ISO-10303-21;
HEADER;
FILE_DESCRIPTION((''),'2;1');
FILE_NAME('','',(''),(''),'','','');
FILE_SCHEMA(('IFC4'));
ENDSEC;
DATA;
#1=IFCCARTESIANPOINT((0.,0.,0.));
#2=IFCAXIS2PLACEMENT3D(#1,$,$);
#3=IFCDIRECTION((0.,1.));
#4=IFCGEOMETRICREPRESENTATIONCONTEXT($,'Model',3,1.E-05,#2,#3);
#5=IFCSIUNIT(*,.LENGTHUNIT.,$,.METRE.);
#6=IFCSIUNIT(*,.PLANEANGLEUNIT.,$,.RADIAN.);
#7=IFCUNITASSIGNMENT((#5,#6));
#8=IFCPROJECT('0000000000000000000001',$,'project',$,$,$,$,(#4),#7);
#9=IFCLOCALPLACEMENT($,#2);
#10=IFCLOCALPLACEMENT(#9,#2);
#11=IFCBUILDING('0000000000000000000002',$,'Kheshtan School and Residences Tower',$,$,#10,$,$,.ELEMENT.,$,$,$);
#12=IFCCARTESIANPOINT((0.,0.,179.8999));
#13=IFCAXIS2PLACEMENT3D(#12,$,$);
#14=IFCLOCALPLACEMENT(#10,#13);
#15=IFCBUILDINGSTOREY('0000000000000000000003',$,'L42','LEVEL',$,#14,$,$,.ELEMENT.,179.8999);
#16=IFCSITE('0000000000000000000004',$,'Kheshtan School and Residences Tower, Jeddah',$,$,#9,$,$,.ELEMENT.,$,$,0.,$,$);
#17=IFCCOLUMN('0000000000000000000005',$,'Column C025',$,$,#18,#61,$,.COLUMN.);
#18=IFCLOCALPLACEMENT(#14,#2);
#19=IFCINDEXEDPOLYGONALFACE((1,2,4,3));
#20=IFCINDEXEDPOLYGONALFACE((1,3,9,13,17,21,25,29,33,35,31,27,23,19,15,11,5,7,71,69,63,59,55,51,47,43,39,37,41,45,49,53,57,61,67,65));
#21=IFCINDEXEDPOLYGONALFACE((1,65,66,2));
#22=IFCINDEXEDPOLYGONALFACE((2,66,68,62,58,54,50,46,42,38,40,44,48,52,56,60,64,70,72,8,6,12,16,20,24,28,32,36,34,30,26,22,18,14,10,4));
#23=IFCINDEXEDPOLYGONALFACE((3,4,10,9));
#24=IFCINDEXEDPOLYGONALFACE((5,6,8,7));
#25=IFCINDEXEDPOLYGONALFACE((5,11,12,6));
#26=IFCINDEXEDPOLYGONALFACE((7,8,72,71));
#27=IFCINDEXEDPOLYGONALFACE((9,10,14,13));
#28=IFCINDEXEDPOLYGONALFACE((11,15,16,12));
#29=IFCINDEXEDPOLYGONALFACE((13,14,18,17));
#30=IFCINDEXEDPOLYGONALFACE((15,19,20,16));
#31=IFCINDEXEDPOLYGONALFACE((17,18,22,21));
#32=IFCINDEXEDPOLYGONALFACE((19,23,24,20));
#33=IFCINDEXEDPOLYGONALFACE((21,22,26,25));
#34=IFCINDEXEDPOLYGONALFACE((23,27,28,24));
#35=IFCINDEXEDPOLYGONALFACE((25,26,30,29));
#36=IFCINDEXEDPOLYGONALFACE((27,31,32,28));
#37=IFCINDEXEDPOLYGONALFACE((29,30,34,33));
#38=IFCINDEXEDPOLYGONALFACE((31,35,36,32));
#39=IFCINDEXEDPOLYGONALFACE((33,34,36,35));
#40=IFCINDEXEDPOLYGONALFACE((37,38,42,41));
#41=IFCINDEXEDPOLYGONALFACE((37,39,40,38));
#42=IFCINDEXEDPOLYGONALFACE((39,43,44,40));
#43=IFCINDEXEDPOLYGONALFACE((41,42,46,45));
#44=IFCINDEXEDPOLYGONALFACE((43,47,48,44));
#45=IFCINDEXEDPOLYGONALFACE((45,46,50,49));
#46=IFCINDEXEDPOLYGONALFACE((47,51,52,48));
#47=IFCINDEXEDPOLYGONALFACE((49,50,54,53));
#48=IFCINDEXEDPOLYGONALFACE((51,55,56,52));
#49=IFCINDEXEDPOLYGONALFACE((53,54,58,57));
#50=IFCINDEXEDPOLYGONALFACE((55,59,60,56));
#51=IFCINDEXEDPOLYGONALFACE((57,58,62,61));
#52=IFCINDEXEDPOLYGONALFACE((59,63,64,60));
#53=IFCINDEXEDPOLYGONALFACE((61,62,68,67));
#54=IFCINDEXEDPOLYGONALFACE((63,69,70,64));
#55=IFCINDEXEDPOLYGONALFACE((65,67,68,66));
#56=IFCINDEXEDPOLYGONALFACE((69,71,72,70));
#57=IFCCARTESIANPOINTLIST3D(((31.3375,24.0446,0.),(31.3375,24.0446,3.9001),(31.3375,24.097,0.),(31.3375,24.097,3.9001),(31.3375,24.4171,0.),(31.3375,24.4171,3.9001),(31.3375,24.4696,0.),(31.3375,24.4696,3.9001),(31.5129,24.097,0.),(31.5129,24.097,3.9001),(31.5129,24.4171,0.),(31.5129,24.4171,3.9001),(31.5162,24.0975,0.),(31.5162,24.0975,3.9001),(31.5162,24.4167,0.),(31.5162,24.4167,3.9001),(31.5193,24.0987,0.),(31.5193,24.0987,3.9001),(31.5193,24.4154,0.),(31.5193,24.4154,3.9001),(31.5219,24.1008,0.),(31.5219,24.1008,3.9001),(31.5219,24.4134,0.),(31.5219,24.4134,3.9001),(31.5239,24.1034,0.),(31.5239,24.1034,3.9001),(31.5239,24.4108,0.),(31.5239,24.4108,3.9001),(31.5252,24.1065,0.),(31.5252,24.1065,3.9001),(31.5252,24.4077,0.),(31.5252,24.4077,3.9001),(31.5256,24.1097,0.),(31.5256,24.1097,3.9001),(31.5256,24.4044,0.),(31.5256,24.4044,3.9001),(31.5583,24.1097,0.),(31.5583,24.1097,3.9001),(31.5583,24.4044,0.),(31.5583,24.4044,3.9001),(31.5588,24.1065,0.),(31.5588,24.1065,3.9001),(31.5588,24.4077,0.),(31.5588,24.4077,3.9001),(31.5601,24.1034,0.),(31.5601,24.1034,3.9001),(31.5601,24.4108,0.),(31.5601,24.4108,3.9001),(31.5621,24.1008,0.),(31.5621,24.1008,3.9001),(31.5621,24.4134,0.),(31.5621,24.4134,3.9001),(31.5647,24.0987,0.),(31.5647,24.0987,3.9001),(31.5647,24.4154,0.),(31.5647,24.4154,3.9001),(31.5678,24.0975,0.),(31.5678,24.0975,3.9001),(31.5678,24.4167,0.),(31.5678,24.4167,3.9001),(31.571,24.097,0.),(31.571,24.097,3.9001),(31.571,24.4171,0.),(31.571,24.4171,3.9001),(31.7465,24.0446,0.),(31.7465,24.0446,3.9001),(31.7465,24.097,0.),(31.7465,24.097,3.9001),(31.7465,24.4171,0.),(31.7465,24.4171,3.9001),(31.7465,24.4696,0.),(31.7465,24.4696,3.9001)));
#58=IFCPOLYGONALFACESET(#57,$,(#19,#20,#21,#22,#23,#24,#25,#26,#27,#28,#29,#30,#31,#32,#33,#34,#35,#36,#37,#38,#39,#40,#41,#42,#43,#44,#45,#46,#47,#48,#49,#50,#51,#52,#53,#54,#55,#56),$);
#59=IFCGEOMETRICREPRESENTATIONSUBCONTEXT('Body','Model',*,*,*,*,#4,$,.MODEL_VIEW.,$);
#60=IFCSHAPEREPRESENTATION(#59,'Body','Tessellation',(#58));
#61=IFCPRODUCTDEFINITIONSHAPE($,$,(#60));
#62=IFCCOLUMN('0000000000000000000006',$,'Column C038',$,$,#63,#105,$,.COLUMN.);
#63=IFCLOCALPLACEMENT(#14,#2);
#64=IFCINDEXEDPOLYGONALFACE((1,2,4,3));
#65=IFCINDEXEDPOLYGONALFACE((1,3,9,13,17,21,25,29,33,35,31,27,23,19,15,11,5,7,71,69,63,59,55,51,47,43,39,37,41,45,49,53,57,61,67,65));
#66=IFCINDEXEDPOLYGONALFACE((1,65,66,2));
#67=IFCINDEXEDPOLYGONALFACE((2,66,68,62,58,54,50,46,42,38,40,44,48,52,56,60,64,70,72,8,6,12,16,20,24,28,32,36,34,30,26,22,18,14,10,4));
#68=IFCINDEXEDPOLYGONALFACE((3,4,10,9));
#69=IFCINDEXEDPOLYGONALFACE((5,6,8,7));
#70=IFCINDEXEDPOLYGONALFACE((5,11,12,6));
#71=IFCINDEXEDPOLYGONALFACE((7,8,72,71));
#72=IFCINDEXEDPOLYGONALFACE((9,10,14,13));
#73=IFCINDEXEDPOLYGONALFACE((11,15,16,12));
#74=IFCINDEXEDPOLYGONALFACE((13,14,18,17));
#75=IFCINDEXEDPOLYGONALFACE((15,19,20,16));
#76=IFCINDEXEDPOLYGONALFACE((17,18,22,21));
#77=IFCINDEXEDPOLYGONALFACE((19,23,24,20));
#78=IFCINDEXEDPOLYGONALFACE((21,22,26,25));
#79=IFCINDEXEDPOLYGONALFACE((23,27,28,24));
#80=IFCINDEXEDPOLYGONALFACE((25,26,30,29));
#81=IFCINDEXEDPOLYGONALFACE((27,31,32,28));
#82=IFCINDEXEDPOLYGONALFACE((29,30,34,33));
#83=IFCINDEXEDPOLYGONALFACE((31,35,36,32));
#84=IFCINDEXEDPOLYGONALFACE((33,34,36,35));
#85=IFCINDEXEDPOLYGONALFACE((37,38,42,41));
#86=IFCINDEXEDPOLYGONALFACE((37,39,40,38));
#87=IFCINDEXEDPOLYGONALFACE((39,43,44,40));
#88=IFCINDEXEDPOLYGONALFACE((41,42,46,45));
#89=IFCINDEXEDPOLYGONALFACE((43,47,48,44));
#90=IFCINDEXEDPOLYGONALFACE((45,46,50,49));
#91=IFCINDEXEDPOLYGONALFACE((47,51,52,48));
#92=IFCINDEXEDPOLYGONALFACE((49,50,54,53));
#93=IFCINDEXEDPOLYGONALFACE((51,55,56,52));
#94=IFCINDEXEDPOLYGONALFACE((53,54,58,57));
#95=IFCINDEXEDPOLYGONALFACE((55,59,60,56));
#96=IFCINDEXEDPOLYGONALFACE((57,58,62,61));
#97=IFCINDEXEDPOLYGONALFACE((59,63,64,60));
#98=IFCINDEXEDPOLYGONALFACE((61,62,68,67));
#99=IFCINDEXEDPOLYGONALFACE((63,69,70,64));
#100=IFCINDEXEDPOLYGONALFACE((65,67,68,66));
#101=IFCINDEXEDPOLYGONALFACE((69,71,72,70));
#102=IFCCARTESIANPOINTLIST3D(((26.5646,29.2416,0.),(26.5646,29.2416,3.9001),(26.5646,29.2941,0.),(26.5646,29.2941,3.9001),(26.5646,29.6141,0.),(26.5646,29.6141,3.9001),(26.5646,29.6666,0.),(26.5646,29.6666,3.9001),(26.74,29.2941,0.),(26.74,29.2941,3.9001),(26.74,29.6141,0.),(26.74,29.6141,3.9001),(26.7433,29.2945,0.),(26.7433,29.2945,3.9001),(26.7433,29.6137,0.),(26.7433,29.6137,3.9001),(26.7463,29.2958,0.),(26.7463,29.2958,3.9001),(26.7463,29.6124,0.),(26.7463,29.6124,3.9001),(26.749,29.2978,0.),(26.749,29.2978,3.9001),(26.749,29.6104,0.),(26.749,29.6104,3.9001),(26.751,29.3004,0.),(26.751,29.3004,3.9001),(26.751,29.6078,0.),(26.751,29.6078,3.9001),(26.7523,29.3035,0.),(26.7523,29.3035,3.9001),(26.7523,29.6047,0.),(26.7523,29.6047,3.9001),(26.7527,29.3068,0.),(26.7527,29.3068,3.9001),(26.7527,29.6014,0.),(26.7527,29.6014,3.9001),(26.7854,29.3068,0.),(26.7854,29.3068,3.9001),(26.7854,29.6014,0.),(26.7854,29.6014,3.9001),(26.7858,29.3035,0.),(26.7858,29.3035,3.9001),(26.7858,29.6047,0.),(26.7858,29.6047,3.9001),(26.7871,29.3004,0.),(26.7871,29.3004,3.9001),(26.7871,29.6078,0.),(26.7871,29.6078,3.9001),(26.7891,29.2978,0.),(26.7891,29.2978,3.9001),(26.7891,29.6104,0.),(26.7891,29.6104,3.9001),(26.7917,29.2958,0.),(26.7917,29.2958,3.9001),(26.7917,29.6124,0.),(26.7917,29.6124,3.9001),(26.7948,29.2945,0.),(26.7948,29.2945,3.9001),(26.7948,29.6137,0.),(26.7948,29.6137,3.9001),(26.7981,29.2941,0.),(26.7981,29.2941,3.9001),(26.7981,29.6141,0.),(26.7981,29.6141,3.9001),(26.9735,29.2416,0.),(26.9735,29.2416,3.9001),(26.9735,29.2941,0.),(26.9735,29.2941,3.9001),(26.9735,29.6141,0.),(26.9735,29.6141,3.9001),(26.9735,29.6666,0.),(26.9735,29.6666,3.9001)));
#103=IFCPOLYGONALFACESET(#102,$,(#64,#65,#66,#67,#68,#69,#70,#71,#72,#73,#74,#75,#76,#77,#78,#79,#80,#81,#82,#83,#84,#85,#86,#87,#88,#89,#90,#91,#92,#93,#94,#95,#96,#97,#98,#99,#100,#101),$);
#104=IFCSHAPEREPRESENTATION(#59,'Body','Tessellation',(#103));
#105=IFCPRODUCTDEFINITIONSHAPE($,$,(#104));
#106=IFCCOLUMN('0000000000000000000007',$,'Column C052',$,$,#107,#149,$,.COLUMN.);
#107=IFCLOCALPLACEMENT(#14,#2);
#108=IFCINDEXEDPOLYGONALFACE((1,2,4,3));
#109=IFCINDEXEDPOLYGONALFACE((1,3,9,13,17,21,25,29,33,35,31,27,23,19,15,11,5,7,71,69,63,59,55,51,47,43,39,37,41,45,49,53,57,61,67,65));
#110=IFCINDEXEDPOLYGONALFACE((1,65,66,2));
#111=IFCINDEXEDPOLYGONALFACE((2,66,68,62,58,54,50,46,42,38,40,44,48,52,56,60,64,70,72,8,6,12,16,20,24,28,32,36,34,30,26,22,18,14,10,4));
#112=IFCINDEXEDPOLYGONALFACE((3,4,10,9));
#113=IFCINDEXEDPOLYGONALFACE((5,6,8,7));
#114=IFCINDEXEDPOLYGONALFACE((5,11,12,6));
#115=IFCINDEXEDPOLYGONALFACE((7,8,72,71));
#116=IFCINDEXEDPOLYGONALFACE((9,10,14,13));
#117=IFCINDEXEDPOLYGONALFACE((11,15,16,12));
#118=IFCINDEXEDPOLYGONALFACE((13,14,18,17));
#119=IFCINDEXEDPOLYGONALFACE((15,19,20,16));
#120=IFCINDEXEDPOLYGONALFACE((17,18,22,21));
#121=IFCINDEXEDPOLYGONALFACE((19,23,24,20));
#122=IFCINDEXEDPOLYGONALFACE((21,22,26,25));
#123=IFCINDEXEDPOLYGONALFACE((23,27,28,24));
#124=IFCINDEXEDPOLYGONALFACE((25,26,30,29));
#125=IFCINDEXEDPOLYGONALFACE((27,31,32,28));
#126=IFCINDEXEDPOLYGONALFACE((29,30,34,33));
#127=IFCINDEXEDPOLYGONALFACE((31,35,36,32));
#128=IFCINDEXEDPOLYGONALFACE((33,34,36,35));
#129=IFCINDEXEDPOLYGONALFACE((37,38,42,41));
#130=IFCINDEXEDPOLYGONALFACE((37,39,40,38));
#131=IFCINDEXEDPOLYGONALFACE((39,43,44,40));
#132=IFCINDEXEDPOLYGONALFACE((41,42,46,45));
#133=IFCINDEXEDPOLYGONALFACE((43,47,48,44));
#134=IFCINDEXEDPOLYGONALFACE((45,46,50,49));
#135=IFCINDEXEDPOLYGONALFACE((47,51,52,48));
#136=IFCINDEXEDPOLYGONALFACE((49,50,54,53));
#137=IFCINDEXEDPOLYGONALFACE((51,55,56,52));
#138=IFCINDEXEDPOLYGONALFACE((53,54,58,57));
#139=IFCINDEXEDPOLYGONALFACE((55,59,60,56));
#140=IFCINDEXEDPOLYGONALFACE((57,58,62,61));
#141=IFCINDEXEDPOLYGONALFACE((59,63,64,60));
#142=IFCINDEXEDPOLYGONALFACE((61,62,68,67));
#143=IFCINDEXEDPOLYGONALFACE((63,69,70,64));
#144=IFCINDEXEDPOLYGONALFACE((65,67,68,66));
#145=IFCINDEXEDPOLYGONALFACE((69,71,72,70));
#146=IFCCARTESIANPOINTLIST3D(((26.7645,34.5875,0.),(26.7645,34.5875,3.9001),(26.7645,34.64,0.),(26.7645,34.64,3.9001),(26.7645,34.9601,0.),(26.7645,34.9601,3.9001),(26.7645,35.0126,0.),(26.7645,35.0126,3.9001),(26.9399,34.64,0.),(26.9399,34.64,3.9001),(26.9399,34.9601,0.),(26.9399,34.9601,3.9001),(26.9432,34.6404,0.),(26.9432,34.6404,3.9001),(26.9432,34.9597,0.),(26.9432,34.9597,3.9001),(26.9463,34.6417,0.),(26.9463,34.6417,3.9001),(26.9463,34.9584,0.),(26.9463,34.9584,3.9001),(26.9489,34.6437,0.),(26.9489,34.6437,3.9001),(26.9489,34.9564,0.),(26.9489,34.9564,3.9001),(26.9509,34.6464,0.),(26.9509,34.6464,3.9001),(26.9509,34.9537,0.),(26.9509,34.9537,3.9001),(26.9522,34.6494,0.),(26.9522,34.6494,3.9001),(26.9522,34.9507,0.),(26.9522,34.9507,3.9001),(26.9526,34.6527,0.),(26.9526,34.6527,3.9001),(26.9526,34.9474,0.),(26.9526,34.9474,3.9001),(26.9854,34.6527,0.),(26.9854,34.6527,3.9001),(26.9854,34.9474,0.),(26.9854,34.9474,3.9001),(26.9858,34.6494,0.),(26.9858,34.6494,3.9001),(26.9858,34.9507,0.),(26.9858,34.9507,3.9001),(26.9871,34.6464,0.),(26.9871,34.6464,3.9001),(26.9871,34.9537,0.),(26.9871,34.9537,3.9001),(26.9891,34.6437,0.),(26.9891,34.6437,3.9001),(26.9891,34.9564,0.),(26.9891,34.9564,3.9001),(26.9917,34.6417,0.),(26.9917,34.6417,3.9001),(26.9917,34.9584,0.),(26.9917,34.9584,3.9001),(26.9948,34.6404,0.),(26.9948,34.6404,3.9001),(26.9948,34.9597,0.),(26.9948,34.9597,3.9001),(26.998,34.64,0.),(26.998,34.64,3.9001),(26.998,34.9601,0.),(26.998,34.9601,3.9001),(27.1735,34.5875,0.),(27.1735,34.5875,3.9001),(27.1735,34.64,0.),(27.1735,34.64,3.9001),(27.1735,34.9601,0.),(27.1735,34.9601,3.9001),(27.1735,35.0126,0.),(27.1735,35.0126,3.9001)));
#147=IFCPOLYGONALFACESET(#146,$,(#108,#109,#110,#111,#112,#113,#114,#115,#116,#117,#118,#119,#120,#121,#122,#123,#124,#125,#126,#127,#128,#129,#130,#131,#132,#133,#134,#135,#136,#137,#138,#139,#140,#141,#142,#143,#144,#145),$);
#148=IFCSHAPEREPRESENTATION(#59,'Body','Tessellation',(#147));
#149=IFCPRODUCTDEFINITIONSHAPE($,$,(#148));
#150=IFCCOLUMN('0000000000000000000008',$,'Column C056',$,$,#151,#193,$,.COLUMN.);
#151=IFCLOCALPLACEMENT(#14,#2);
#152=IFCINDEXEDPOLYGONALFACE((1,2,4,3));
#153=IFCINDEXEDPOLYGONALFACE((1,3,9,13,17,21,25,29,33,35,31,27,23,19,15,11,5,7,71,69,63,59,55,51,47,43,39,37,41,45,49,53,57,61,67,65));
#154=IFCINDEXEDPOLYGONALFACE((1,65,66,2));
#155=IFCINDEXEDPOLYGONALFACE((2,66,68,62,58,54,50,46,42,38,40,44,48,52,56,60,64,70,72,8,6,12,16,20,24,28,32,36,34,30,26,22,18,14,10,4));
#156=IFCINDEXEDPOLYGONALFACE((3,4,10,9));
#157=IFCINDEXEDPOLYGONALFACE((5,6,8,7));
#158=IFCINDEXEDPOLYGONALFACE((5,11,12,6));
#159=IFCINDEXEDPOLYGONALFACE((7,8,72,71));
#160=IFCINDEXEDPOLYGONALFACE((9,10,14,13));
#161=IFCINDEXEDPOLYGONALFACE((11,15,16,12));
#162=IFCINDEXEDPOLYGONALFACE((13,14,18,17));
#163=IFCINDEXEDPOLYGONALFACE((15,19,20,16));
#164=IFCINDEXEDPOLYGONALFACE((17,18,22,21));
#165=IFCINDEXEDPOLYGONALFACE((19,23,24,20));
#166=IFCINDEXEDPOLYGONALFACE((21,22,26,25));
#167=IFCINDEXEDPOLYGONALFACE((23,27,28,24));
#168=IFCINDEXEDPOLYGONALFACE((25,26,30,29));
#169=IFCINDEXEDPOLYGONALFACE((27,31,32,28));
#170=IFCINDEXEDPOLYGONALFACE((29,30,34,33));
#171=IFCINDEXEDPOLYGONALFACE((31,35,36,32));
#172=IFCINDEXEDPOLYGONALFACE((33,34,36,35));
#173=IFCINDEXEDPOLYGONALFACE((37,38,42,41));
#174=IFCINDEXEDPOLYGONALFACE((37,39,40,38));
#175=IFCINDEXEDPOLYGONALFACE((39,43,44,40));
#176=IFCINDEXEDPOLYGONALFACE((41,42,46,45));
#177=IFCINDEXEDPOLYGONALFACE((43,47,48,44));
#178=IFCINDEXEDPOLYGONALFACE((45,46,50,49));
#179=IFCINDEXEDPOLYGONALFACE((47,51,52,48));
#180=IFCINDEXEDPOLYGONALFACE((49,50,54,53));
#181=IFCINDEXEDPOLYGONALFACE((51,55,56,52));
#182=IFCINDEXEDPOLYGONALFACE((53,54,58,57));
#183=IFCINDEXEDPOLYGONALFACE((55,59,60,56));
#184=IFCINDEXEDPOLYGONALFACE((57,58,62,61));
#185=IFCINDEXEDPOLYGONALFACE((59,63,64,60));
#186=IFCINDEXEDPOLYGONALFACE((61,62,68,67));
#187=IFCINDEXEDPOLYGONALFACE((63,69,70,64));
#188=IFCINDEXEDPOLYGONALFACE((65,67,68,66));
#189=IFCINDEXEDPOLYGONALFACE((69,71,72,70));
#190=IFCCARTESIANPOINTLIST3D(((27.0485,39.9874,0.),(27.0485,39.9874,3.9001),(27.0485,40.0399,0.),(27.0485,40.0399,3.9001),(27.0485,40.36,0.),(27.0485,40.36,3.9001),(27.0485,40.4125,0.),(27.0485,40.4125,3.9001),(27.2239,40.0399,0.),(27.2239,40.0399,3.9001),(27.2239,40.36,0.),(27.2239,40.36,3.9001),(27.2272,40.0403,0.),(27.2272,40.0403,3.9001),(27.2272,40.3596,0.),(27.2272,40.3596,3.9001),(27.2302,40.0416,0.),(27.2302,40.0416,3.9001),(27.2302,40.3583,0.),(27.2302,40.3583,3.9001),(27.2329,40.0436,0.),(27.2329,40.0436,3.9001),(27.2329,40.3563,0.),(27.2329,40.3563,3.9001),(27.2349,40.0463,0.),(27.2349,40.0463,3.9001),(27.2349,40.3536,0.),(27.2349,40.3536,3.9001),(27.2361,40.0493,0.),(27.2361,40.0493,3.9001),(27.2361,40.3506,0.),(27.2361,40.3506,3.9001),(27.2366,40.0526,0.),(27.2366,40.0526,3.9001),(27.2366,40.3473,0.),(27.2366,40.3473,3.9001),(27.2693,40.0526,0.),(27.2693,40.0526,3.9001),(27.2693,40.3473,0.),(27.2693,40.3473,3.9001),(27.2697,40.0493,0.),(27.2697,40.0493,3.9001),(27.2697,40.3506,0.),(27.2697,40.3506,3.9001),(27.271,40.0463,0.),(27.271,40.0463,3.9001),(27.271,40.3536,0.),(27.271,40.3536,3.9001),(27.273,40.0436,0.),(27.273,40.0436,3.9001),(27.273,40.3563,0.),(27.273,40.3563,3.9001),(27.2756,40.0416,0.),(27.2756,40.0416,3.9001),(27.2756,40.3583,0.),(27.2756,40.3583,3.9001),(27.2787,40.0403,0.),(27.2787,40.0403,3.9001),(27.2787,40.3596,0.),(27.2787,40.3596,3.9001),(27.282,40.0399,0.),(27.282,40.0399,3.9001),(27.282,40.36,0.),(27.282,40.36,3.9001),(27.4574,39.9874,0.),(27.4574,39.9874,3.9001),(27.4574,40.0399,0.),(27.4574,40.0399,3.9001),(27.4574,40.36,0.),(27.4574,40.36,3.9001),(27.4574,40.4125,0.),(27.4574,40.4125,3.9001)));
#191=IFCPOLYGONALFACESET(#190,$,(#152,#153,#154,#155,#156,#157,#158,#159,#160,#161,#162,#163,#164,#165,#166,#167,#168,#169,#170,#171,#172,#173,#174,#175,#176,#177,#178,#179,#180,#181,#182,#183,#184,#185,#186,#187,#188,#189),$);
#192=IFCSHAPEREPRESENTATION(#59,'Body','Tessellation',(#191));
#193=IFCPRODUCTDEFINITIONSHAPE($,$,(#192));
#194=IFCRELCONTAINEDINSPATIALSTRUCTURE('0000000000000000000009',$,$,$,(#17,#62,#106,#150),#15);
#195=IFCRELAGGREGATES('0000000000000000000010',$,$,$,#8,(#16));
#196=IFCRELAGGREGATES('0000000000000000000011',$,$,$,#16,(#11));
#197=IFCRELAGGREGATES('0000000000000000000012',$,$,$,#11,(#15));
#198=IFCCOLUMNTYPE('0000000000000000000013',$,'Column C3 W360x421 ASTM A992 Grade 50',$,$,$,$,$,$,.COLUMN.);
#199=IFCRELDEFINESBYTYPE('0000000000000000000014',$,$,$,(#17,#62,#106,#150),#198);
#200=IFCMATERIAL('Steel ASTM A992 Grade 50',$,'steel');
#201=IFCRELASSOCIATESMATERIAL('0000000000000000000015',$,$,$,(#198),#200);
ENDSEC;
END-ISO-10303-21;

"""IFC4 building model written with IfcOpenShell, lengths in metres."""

from ifc_helpers import new_model, si_unit, direction, frame, origin, origin_2d, place, context, subcontext, project, spatial, i_section, extrude, material, material_profile, profile_set, type_object, element, save


model = new_model("IFC4")

# Units and contexts
model_context = context("Model", 3, precision=1e-05, world=origin(), true_north=direction((0.0, 1.0)))
body_context = subcontext(model_context, "Body", "Model", "MODEL_VIEW")
ifc_project = project(units=[si_unit("LENGTHUNIT", "METRE"), si_unit("PLANEANGLEUNIT", "RADIAN")], contexts=[model_context])

# Site, building, storey
site_placement = place(None, origin())
site = spatial("IfcSite", under=ifc_project, at=site_placement, Name="Kheshtan School and Residences Tower, Jeddah", CompositionType="ELEMENT", RefElevation=0.0)
building_placement = place(site_placement, origin())
building = spatial("IfcBuilding", under=site, at=building_placement, Name="Kheshtan School and Residences Tower", CompositionType="ELEMENT")
storey_placement = place(building_placement, frame((0.0, 0.0, 179.8999)))
storey = spatial("IfcBuildingStorey", under=building, at=storey_placement, Name="L42", Description="LEVEL", CompositionType="ELEMENT", Elevation=179.8999)

# Columns
ifc_material_1 = material(Name="Steel ASTM A992 Grade 50", Category="steel")
ifc_material_profile_1 = material_profile(ifc_material_1, i_section(OverallWidth=0.4089, OverallDepth=0.425, WebThickness=0.0327, FlangeThickness=0.0525, FilletRadius=0.0127, at=origin_2d()), Name="W360x421")
ifc_profile_set_1 = profile_set([ifc_material_profile_1], Name="Steel ASTM A992 Grade 50")
column_type = type_object("IfcColumnType", Name="Column C3 W360x421 ASTM A992 Grade 50", PredefinedType="COLUMN", material=ifc_profile_set_1)
for number, where, z_axis, x_axis, name in (
    (1, (31.542, 24.2571, 0.0), (0.0, 0.0, 1.0), (1.0, 0.0, 0.0), "Column C025"),
    (2, (26.769, 29.4541, 0.0), (0.0, 0.0, 1.0), (1.0, 0.0, 0.0), "Column C038"),
    (3, (26.969, 34.8, 0.0), (0.0, 0.0, 1.0), (1.0, 0.0, 0.0), "Column C052"),
    (4, (27.2529, 40.2, 0.0), (0.0, 0.0, 1.0), (1.0, 0.0, 0.0), "Column C056"),
):
    element("IfcColumn", number, at=place(storey_placement, frame(where, z_axis=z_axis, x_axis=x_axis)), inside=storey, type_object=column_type, Name=name, PredefinedType="COLUMN", context=body_context, shape_type="SweptSolid", body=[
        extrude(i_section(OverallWidth=0.4089, OverallDepth=0.425, WebThickness=0.0327, FlangeThickness=0.0525, FilletRadius=0.0127, at=origin_2d()), origin(), (0.0, 0.0, 1.0), 3.9001),
    ])

save(model, "model.ifc")
